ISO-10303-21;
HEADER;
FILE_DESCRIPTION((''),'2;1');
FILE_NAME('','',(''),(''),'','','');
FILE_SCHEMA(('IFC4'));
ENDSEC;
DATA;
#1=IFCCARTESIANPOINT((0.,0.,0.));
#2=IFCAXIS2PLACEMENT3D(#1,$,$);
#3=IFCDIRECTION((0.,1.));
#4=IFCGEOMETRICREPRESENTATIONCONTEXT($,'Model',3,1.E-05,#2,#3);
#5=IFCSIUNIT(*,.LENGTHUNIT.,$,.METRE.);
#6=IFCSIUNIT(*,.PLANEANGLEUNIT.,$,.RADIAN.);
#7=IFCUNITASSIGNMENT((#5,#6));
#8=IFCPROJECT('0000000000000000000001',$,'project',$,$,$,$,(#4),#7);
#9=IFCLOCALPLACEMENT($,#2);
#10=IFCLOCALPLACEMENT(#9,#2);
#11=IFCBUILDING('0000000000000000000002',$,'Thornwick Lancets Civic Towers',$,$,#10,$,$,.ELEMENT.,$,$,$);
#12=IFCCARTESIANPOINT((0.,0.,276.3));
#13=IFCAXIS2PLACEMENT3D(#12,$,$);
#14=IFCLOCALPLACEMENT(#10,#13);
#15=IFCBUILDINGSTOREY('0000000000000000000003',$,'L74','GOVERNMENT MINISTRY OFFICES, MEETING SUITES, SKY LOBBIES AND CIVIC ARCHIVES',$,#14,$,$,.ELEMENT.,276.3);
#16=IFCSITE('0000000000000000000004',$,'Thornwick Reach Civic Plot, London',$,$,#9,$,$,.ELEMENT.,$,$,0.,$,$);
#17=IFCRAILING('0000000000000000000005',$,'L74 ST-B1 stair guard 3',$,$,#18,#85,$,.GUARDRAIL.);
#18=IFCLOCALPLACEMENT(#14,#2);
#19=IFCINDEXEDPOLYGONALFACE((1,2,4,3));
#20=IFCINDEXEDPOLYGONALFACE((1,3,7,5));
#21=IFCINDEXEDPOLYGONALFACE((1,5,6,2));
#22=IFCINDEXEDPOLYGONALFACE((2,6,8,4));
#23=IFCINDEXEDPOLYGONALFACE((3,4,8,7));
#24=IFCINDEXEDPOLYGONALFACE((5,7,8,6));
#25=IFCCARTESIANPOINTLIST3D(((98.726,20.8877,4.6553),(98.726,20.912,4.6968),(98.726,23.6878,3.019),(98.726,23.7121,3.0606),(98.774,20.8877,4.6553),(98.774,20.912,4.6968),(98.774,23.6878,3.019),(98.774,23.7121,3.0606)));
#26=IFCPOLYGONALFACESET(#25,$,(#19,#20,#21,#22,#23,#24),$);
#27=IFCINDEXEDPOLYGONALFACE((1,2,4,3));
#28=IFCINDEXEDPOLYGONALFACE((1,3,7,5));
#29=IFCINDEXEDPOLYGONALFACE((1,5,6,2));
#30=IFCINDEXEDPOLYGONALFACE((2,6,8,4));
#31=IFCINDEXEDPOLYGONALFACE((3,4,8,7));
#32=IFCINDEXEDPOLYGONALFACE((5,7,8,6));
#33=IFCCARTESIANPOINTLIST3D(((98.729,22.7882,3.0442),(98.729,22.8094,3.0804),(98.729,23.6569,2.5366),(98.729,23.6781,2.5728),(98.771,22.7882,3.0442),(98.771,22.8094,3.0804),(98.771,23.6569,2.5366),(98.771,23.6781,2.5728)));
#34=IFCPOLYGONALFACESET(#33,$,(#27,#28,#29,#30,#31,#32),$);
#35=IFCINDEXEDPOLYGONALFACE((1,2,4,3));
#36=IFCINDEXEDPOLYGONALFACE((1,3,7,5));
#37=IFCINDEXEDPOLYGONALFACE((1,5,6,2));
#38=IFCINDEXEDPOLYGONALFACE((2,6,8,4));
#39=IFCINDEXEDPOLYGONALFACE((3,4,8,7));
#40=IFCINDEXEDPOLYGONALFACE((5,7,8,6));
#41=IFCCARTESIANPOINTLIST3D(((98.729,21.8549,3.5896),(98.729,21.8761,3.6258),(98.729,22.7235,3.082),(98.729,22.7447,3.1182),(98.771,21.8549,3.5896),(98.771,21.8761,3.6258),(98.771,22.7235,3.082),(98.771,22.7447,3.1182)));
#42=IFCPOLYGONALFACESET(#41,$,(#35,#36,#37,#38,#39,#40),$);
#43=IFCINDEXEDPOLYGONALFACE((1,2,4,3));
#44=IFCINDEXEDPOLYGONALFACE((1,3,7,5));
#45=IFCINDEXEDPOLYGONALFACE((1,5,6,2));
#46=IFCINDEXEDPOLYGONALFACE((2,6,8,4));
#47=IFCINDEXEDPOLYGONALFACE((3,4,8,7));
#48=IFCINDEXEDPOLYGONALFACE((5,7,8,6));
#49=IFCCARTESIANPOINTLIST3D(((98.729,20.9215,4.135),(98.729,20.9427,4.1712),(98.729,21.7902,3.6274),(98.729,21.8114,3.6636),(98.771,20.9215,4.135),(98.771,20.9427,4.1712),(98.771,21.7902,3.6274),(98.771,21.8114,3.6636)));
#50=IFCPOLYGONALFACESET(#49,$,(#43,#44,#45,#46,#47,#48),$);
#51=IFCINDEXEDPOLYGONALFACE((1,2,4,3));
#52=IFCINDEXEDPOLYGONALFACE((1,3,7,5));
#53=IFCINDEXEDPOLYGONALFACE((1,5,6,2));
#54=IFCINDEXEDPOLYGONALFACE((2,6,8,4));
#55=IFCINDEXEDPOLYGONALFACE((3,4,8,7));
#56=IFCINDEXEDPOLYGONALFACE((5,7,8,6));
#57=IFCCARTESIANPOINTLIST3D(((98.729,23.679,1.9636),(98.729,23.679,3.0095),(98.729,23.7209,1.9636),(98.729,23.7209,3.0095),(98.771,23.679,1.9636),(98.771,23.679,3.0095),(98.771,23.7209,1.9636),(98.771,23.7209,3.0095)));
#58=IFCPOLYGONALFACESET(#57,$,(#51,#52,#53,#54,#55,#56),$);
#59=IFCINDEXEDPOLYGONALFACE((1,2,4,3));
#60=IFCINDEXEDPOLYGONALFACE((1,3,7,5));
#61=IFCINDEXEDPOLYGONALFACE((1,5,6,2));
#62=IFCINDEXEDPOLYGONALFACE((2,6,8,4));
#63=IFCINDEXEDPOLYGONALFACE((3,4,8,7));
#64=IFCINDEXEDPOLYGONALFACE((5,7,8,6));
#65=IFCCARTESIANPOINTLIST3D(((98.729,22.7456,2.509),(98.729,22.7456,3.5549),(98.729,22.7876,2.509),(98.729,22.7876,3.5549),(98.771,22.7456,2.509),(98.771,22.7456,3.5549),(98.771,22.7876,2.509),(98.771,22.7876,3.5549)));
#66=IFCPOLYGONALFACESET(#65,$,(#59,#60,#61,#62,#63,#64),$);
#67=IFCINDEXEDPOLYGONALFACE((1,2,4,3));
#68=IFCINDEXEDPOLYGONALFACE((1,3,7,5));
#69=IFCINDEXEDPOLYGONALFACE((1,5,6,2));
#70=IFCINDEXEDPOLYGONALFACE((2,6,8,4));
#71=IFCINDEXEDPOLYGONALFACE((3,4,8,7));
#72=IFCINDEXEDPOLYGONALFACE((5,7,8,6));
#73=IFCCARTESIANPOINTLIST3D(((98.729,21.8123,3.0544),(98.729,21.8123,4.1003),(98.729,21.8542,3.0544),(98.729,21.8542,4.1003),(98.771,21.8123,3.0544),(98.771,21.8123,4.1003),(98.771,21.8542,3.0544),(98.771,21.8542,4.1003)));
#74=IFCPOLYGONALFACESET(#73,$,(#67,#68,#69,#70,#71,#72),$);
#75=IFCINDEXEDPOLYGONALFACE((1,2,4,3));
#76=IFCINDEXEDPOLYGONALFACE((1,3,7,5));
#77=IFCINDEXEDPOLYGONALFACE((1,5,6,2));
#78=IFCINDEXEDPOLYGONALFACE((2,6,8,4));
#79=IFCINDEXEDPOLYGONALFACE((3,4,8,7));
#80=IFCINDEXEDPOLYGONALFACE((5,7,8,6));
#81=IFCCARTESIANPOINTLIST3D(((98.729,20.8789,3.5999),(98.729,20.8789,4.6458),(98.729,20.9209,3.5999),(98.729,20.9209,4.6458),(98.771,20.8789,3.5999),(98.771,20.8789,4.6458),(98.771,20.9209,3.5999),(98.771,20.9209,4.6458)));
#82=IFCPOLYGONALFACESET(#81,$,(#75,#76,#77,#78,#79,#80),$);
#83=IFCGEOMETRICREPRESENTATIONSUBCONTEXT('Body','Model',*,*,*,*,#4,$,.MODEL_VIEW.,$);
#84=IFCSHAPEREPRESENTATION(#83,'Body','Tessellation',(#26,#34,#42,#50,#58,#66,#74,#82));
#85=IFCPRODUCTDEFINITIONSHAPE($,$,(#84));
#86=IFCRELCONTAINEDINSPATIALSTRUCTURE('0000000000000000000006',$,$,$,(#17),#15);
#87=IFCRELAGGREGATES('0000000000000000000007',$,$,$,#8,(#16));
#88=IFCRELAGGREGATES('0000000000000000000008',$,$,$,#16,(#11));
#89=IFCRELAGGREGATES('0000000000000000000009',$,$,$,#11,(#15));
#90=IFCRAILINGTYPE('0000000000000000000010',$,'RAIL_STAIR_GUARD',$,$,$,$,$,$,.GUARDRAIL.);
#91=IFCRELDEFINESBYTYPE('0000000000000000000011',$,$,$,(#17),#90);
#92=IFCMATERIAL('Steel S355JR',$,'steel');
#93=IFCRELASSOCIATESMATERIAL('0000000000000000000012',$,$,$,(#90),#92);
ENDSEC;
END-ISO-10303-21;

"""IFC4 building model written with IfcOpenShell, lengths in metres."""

from ifc_helpers import new_model, si_unit, direction, frame, origin, origin_2d, place, context, subcontext, project, spatial, rectangle, extrude, material, type_object, element, save


model = new_model("IFC4")

# Units and contexts
model_context = context("Model", 3, precision=1e-05, world=origin(), true_north=direction((0.0, 1.0)))
body_context = subcontext(model_context, "Body", "Model", "MODEL_VIEW")
ifc_project = project(units=[si_unit("LENGTHUNIT", "METRE"), si_unit("PLANEANGLEUNIT", "RADIAN")], contexts=[model_context])

# Site, building, storey
site_placement = place(None, origin())
site = spatial("IfcSite", under=ifc_project, at=site_placement, Name="Thornwick Reach Civic Plot, London", CompositionType="ELEMENT", RefElevation=0.0)
building_placement = place(site_placement, origin())
building = spatial("IfcBuilding", under=site, at=building_placement, Name="Thornwick Lancets Civic Towers", CompositionType="ELEMENT")
storey_placement = place(building_placement, frame((0.0, 0.0, 276.3)))
storey = spatial("IfcBuildingStorey", under=building, at=storey_placement, Name="L74", Description="GOVERNMENT MINISTRY OFFICES, MEETING SUITES, SKY LOBBIES AND CIVIC ARCHIVES", CompositionType="ELEMENT", Elevation=276.3)

# Railing
ifc_material_1 = material(Name="Steel S355JR", Category="steel")
railing_type_1 = type_object("IfcRailingType", Name="RAIL_STAIR_GUARD", PredefinedType="GUARDRAIL", material=ifc_material_1)
railing_1_placement = place(storey_placement, frame((98.75, 23.7, 1.9636)))
element("IfcRailing", 1, at=railing_1_placement, inside=storey, type_object=railing_type_1, Name="L74 ST-B1 stair guard 3", PredefinedType="GUARDRAIL", context=body_context, shape_type="SweptSolid", body=[
    extrude(rectangle(XDim=0.0481, YDim=0.0481, at=origin_2d()), frame((0.0, 0.0, 1.0762), z_axis=(0.0, -0.863394, 0.504531), x_axis=(1.0, 0.0, 0.0)), (0.0, 0.0, 1.0), 3.2432),
    extrude(rectangle(XDim=0.042, YDim=0.042, at=origin_2d()), frame((0.0, -0.0325, 0.5911), z_axis=(0.0, -0.863394, 0.504531), x_axis=(1.0, 0.0, 0.0)), (0.0, 0.0, 1.0), 1.0061),
    extrude(rectangle(XDim=0.042, YDim=0.042, at=origin_2d()), frame((0.0, -0.9658, 1.1365), z_axis=(0.0, -0.863394, 0.504531), x_axis=(1.0, 0.0, 0.0)), (0.0, 0.0, 1.0), 1.0061),
    extrude(rectangle(XDim=0.042, YDim=0.042, at=origin_2d()), frame((0.0, -1.8992, 1.6819), z_axis=(0.0, -0.863394, 0.504531), x_axis=(1.0, 0.0, 0.0)), (0.0, 0.0, 1.0), 1.0061),
    extrude(rectangle(XDim=0.042, YDim=0.042, at=origin_2d()), origin(), (0.0, 0.0, 1.0), 1.0459),
    extrude(rectangle(XDim=0.042, YDim=0.042, at=origin_2d()), frame((0.0, -0.9333, 0.5454)), (0.0, 0.0, 1.0), 1.0459),
    extrude(rectangle(XDim=0.042, YDim=0.042, at=origin_2d()), frame((0.0, -1.8667, 1.0908)), (0.0, 0.0, 1.0), 1.0459),
    extrude(rectangle(XDim=0.042, YDim=0.042, at=origin_2d()), frame((0.0, -2.8, 1.6362)), (0.0, 0.0, 1.0), 1.0459),
])

save(model, "model.ifc")
